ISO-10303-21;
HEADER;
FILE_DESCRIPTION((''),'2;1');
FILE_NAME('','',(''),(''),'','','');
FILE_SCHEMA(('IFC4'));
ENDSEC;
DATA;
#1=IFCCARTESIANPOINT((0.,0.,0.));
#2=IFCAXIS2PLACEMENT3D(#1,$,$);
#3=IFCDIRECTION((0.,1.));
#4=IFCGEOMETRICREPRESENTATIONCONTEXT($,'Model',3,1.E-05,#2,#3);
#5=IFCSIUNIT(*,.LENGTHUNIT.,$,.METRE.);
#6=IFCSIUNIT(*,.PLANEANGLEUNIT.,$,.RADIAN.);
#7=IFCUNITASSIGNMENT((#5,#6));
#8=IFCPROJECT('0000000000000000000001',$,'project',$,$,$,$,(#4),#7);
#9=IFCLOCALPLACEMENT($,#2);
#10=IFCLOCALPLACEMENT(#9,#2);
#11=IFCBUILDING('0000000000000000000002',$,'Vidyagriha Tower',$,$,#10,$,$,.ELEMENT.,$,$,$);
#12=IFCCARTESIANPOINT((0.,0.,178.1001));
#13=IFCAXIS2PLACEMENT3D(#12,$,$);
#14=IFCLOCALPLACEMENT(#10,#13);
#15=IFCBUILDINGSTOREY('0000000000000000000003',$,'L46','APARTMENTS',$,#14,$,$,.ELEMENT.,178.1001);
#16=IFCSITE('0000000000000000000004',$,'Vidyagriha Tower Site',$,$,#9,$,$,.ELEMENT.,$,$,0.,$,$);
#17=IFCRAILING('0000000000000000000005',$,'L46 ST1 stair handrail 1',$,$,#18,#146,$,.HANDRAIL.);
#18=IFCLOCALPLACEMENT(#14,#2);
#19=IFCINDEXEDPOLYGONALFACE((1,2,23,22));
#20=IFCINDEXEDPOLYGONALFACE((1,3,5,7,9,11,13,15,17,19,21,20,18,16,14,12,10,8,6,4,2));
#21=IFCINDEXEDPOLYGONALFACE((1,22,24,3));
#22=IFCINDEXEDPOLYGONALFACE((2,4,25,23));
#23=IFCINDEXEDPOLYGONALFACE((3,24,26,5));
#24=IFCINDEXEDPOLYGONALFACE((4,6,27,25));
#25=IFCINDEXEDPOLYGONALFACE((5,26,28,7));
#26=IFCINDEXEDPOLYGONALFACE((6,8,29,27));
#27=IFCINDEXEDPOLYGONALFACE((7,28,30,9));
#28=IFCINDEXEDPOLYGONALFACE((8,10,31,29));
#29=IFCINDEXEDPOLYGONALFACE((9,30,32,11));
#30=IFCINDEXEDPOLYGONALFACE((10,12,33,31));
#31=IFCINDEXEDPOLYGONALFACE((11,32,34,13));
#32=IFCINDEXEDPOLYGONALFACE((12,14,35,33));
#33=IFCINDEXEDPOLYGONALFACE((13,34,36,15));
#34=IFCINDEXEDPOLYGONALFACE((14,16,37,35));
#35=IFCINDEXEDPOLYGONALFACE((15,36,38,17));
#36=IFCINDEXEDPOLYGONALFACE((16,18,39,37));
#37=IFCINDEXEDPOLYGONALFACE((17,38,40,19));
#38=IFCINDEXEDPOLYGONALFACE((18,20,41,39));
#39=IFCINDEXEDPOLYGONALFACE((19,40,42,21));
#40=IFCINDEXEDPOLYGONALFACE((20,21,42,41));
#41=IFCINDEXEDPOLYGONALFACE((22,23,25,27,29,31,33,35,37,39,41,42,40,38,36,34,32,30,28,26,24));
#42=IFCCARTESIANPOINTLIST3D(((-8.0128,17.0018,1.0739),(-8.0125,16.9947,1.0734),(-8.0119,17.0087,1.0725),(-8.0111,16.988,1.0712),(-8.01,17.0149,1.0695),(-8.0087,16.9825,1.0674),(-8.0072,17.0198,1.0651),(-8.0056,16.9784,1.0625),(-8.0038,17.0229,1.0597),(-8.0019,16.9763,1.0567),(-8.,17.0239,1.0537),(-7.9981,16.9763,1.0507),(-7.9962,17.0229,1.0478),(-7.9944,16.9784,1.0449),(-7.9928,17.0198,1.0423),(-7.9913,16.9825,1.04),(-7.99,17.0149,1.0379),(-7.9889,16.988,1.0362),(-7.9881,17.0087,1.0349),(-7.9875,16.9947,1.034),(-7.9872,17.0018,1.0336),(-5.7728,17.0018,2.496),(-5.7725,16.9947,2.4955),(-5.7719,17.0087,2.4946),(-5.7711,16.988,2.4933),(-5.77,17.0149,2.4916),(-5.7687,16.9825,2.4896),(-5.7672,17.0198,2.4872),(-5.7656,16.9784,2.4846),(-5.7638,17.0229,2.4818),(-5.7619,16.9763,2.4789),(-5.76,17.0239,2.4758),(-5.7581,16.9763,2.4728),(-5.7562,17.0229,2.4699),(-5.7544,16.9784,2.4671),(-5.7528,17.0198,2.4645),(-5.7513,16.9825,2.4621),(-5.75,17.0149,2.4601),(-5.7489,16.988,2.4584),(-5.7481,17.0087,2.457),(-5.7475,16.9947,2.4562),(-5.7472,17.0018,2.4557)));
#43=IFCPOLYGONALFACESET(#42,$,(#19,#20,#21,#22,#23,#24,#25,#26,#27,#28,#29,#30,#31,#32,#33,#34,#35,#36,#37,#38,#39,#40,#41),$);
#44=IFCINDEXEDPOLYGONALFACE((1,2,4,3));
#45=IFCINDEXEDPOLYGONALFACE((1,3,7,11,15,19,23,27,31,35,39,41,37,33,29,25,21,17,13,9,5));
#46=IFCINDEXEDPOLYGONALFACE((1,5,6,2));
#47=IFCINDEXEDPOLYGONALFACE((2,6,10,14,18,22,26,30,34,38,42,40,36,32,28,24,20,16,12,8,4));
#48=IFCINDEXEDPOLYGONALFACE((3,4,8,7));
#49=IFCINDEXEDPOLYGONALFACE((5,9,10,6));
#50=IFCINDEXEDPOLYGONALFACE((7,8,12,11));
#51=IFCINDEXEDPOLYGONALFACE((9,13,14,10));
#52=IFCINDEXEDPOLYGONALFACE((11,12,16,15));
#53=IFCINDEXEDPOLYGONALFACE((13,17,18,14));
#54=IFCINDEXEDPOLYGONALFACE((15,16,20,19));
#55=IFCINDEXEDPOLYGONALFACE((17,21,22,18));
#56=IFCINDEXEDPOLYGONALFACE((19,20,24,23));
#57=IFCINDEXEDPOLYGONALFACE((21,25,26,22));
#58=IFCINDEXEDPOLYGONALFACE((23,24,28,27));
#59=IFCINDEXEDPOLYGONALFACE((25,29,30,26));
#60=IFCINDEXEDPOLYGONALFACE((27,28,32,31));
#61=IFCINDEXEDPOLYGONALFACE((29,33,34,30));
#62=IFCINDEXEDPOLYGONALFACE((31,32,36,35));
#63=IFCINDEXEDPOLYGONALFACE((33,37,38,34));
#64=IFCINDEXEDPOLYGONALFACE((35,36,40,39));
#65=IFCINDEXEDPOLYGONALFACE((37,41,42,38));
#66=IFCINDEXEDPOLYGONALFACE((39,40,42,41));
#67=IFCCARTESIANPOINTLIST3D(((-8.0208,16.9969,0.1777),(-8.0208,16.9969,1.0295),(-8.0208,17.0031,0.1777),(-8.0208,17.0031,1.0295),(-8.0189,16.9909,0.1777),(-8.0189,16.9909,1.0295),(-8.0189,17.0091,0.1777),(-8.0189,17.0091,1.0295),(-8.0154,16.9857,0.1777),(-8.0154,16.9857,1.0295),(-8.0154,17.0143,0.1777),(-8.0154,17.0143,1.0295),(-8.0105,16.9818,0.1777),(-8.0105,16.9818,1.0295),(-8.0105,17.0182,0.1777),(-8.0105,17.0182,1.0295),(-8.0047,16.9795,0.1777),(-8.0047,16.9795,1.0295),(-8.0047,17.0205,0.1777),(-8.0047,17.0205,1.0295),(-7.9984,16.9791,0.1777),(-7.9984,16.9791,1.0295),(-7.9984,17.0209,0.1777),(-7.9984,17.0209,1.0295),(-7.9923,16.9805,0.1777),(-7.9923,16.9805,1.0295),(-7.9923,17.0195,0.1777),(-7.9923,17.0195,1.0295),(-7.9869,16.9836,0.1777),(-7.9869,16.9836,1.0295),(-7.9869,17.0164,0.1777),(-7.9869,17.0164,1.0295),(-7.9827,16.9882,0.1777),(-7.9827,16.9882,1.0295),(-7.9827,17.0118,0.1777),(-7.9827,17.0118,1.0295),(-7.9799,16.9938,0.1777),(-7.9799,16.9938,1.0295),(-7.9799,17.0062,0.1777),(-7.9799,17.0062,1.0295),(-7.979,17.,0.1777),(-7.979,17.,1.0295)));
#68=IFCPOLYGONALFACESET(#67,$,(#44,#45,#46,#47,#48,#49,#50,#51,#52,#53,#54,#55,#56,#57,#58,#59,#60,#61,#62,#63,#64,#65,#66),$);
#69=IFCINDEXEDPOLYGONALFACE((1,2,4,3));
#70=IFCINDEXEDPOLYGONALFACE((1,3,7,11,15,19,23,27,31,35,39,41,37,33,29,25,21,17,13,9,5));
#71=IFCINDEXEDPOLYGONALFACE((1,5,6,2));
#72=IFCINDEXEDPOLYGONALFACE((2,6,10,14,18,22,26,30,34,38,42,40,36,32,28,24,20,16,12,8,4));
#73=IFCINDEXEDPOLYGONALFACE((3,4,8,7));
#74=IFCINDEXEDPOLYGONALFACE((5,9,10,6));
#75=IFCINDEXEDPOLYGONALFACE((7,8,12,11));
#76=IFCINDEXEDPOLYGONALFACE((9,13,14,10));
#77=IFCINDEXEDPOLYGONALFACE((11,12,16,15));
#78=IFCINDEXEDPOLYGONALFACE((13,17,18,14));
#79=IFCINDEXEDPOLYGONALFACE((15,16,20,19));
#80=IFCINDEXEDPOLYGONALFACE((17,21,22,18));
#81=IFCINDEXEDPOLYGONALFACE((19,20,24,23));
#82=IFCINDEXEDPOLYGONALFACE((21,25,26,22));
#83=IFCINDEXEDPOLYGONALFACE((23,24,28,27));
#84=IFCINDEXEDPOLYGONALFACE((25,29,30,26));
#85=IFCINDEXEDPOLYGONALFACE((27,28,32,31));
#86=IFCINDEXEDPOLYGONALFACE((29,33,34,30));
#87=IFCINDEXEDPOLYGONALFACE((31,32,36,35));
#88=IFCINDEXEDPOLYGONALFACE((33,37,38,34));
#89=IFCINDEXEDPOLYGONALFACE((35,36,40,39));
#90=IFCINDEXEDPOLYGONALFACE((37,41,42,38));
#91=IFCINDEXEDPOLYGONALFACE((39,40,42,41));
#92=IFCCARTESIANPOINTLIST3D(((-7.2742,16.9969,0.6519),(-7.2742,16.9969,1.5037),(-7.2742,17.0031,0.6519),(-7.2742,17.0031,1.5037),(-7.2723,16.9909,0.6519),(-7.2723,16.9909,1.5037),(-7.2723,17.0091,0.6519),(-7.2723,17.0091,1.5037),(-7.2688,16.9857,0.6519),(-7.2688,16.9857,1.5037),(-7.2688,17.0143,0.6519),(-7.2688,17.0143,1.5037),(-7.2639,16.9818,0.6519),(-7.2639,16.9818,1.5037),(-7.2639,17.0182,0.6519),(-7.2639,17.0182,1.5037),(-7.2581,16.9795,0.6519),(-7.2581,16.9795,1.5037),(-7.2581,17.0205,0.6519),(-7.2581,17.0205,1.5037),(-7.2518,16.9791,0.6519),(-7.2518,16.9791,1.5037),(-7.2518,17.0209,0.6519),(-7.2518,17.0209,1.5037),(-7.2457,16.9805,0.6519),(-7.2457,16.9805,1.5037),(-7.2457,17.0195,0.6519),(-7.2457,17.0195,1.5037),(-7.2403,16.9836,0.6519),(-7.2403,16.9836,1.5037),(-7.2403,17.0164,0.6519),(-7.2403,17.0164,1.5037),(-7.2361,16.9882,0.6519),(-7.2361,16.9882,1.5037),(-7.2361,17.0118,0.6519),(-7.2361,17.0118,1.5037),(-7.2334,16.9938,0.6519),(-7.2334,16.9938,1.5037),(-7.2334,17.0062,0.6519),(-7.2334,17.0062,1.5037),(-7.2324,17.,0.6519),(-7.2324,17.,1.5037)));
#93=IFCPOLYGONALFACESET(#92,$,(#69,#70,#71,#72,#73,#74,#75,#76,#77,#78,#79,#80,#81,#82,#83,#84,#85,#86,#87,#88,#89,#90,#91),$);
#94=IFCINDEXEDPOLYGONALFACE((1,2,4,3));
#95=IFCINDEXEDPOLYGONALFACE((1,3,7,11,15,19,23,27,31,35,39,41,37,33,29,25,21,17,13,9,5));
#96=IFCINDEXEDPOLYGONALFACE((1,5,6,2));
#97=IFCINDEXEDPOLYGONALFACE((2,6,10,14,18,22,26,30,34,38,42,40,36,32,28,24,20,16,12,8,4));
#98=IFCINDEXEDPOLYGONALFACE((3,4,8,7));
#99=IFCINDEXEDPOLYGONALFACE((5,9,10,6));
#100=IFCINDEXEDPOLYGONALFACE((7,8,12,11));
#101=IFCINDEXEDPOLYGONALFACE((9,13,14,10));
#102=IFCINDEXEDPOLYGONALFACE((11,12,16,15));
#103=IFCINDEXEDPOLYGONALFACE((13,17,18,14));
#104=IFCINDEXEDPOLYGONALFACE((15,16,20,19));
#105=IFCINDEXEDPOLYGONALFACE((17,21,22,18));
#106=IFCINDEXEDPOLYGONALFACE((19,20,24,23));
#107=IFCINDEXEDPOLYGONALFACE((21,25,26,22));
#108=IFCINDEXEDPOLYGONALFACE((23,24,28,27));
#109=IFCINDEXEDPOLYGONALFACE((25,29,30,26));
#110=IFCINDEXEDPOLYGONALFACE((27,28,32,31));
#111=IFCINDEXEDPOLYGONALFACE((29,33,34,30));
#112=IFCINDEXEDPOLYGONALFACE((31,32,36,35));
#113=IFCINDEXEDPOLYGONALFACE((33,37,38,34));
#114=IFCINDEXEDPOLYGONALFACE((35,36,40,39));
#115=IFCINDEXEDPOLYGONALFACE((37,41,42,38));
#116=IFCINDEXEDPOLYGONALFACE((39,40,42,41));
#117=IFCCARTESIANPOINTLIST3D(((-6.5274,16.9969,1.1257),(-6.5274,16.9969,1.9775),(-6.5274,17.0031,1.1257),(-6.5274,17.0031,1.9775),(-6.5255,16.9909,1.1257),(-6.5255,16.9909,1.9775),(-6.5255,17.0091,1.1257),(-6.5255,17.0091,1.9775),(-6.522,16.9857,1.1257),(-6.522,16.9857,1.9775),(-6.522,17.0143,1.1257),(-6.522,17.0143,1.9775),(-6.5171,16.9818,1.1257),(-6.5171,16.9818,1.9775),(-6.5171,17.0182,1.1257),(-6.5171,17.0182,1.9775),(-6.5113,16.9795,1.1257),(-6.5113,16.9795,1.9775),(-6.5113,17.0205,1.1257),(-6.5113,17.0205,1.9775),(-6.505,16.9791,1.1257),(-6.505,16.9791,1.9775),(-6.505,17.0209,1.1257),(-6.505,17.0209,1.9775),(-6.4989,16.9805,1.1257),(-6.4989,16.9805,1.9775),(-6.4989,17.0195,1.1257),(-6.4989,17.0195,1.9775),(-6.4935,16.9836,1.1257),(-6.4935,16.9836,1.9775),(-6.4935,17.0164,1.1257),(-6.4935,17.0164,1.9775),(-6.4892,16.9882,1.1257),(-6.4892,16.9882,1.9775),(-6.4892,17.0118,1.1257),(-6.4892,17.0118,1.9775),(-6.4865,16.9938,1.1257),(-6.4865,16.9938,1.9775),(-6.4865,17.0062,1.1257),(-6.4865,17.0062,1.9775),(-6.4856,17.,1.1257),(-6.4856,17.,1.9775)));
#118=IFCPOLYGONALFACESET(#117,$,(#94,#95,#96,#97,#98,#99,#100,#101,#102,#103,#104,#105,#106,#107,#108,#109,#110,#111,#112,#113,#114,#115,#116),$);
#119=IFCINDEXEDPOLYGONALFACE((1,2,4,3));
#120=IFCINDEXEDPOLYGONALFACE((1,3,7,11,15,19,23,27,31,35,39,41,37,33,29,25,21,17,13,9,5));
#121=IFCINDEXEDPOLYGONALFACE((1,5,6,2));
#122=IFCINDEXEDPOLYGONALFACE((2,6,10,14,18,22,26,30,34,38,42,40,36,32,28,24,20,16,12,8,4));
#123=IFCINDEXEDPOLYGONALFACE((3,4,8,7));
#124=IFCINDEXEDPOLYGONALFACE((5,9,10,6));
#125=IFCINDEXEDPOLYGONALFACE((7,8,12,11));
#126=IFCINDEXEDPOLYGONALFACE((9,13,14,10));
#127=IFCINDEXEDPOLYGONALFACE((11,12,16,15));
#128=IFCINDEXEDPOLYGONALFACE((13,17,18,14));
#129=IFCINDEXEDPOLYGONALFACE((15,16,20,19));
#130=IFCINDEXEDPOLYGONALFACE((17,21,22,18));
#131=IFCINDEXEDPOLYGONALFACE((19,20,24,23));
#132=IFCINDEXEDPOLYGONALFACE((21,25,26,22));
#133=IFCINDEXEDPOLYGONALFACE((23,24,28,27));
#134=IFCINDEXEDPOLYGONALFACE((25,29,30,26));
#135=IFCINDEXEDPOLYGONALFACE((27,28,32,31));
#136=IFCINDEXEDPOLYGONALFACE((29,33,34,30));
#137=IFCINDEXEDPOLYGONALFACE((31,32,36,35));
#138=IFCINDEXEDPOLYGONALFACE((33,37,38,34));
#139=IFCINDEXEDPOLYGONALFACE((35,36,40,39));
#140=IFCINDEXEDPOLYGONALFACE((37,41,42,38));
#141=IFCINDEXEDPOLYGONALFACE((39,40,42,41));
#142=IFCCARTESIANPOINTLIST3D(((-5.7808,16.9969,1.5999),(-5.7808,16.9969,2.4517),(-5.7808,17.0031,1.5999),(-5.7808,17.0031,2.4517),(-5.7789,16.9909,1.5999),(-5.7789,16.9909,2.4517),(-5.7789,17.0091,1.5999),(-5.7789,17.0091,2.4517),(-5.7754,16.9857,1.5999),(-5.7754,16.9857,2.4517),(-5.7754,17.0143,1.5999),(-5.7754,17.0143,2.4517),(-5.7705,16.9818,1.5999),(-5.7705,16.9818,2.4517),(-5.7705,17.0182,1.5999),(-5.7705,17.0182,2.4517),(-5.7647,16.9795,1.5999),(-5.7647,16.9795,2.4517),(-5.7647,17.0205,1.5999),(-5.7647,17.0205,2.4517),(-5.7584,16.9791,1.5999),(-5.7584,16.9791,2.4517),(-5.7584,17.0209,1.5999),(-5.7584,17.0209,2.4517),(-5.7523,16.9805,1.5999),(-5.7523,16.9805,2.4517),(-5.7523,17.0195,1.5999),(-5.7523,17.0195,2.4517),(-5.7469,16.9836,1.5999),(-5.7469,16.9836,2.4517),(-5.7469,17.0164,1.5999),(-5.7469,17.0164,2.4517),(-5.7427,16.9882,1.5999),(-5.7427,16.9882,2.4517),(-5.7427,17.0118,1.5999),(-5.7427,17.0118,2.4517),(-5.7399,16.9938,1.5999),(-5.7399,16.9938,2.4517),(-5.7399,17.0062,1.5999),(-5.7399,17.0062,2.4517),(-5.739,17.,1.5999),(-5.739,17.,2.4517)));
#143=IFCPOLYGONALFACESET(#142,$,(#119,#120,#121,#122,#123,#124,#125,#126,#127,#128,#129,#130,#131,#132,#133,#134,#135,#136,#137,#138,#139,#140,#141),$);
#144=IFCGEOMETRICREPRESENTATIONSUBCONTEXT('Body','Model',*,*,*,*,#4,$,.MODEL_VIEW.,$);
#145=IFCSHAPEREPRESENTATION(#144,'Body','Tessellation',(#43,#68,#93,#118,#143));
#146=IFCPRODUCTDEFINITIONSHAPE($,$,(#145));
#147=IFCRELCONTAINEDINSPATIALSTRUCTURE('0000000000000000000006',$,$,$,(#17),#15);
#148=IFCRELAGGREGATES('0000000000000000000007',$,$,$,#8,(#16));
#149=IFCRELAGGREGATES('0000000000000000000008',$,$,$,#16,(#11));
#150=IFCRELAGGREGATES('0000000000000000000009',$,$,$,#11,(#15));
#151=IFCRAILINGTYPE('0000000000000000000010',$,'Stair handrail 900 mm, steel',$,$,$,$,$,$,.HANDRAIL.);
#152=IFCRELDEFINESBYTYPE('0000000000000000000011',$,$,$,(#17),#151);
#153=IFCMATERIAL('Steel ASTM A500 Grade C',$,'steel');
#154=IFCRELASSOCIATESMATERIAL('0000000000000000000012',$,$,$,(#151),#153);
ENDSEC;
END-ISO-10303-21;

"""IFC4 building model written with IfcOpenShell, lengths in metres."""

from ifc_helpers import new_model, si_unit, direction, frame, origin, origin_2d, place, context, subcontext, project, spatial, circle, extrude, material, type_object, element, save


model = new_model("IFC4")

# Units and contexts
model_context = context("Model", 3, precision=1e-05, world=origin(), true_north=direction((0.0, 1.0)))
body_context = subcontext(model_context, "Body", "Model", "MODEL_VIEW")
ifc_project = project(units=[si_unit("LENGTHUNIT", "METRE"), si_unit("PLANEANGLEUNIT", "RADIAN")], contexts=[model_context])

# Site, building, storey
site_placement = place(None, origin())
site = spatial("IfcSite", under=ifc_project, at=site_placement, Name="Vidyagriha Tower Site", CompositionType="ELEMENT", RefElevation=0.0)
building_placement = place(site_placement, origin())
building = spatial("IfcBuilding", under=site, at=building_placement, Name="Vidyagriha Tower", CompositionType="ELEMENT")
storey_placement = place(building_placement, frame((0.0, 0.0, 178.1001)))
storey = spatial("IfcBuildingStorey", under=building, at=storey_placement, Name="L46", Description="APARTMENTS", CompositionType="ELEMENT", Elevation=178.1001)

# Railing
ifc_material_1 = material(Name="Steel ASTM A500 Grade C", Category="steel")
railing_type_1 = type_object("IfcRailingType", Name="Stair handrail 900 mm, steel", PredefinedType="HANDRAIL", material=ifc_material_1)
railing_1_placement = place(storey_placement, frame((-8.0, 17.0, 0.1777)))
element("IfcRailing", 1, at=railing_1_placement, inside=storey, type_object=railing_type_1, Name="L46 ST1 stair handrail 1", PredefinedType="HANDRAIL", context=body_context, shape_type="SweptSolid", body=[
    extrude(circle(Radius=0.0239, at=origin_2d()), frame((0.0, 0.0, 0.876), z_axis=(0.844229, 0.0, 0.535982), x_axis=(0.0, 1.0, 0.0)), (0.0, 0.0, 1.0), 2.6533),
    extrude(circle(Radius=0.021, at=origin_2d()), origin(), (0.0, 0.0, 1.0), 0.8518),
    extrude(circle(Radius=0.021, at=origin_2d()), frame((0.7466, 0.0, 0.4741)), (0.0, 0.0, 1.0), 0.8518),
    extrude(circle(Radius=0.021, at=origin_2d()), frame((1.4934, 0.0, 0.948)), (0.0, 0.0, 1.0), 0.8518),
    extrude(circle(Radius=0.021, at=origin_2d()), frame((2.24, 0.0, 1.4221)), (0.0, 0.0, 1.0), 0.8518),
])

save(model, "model.ifc")
